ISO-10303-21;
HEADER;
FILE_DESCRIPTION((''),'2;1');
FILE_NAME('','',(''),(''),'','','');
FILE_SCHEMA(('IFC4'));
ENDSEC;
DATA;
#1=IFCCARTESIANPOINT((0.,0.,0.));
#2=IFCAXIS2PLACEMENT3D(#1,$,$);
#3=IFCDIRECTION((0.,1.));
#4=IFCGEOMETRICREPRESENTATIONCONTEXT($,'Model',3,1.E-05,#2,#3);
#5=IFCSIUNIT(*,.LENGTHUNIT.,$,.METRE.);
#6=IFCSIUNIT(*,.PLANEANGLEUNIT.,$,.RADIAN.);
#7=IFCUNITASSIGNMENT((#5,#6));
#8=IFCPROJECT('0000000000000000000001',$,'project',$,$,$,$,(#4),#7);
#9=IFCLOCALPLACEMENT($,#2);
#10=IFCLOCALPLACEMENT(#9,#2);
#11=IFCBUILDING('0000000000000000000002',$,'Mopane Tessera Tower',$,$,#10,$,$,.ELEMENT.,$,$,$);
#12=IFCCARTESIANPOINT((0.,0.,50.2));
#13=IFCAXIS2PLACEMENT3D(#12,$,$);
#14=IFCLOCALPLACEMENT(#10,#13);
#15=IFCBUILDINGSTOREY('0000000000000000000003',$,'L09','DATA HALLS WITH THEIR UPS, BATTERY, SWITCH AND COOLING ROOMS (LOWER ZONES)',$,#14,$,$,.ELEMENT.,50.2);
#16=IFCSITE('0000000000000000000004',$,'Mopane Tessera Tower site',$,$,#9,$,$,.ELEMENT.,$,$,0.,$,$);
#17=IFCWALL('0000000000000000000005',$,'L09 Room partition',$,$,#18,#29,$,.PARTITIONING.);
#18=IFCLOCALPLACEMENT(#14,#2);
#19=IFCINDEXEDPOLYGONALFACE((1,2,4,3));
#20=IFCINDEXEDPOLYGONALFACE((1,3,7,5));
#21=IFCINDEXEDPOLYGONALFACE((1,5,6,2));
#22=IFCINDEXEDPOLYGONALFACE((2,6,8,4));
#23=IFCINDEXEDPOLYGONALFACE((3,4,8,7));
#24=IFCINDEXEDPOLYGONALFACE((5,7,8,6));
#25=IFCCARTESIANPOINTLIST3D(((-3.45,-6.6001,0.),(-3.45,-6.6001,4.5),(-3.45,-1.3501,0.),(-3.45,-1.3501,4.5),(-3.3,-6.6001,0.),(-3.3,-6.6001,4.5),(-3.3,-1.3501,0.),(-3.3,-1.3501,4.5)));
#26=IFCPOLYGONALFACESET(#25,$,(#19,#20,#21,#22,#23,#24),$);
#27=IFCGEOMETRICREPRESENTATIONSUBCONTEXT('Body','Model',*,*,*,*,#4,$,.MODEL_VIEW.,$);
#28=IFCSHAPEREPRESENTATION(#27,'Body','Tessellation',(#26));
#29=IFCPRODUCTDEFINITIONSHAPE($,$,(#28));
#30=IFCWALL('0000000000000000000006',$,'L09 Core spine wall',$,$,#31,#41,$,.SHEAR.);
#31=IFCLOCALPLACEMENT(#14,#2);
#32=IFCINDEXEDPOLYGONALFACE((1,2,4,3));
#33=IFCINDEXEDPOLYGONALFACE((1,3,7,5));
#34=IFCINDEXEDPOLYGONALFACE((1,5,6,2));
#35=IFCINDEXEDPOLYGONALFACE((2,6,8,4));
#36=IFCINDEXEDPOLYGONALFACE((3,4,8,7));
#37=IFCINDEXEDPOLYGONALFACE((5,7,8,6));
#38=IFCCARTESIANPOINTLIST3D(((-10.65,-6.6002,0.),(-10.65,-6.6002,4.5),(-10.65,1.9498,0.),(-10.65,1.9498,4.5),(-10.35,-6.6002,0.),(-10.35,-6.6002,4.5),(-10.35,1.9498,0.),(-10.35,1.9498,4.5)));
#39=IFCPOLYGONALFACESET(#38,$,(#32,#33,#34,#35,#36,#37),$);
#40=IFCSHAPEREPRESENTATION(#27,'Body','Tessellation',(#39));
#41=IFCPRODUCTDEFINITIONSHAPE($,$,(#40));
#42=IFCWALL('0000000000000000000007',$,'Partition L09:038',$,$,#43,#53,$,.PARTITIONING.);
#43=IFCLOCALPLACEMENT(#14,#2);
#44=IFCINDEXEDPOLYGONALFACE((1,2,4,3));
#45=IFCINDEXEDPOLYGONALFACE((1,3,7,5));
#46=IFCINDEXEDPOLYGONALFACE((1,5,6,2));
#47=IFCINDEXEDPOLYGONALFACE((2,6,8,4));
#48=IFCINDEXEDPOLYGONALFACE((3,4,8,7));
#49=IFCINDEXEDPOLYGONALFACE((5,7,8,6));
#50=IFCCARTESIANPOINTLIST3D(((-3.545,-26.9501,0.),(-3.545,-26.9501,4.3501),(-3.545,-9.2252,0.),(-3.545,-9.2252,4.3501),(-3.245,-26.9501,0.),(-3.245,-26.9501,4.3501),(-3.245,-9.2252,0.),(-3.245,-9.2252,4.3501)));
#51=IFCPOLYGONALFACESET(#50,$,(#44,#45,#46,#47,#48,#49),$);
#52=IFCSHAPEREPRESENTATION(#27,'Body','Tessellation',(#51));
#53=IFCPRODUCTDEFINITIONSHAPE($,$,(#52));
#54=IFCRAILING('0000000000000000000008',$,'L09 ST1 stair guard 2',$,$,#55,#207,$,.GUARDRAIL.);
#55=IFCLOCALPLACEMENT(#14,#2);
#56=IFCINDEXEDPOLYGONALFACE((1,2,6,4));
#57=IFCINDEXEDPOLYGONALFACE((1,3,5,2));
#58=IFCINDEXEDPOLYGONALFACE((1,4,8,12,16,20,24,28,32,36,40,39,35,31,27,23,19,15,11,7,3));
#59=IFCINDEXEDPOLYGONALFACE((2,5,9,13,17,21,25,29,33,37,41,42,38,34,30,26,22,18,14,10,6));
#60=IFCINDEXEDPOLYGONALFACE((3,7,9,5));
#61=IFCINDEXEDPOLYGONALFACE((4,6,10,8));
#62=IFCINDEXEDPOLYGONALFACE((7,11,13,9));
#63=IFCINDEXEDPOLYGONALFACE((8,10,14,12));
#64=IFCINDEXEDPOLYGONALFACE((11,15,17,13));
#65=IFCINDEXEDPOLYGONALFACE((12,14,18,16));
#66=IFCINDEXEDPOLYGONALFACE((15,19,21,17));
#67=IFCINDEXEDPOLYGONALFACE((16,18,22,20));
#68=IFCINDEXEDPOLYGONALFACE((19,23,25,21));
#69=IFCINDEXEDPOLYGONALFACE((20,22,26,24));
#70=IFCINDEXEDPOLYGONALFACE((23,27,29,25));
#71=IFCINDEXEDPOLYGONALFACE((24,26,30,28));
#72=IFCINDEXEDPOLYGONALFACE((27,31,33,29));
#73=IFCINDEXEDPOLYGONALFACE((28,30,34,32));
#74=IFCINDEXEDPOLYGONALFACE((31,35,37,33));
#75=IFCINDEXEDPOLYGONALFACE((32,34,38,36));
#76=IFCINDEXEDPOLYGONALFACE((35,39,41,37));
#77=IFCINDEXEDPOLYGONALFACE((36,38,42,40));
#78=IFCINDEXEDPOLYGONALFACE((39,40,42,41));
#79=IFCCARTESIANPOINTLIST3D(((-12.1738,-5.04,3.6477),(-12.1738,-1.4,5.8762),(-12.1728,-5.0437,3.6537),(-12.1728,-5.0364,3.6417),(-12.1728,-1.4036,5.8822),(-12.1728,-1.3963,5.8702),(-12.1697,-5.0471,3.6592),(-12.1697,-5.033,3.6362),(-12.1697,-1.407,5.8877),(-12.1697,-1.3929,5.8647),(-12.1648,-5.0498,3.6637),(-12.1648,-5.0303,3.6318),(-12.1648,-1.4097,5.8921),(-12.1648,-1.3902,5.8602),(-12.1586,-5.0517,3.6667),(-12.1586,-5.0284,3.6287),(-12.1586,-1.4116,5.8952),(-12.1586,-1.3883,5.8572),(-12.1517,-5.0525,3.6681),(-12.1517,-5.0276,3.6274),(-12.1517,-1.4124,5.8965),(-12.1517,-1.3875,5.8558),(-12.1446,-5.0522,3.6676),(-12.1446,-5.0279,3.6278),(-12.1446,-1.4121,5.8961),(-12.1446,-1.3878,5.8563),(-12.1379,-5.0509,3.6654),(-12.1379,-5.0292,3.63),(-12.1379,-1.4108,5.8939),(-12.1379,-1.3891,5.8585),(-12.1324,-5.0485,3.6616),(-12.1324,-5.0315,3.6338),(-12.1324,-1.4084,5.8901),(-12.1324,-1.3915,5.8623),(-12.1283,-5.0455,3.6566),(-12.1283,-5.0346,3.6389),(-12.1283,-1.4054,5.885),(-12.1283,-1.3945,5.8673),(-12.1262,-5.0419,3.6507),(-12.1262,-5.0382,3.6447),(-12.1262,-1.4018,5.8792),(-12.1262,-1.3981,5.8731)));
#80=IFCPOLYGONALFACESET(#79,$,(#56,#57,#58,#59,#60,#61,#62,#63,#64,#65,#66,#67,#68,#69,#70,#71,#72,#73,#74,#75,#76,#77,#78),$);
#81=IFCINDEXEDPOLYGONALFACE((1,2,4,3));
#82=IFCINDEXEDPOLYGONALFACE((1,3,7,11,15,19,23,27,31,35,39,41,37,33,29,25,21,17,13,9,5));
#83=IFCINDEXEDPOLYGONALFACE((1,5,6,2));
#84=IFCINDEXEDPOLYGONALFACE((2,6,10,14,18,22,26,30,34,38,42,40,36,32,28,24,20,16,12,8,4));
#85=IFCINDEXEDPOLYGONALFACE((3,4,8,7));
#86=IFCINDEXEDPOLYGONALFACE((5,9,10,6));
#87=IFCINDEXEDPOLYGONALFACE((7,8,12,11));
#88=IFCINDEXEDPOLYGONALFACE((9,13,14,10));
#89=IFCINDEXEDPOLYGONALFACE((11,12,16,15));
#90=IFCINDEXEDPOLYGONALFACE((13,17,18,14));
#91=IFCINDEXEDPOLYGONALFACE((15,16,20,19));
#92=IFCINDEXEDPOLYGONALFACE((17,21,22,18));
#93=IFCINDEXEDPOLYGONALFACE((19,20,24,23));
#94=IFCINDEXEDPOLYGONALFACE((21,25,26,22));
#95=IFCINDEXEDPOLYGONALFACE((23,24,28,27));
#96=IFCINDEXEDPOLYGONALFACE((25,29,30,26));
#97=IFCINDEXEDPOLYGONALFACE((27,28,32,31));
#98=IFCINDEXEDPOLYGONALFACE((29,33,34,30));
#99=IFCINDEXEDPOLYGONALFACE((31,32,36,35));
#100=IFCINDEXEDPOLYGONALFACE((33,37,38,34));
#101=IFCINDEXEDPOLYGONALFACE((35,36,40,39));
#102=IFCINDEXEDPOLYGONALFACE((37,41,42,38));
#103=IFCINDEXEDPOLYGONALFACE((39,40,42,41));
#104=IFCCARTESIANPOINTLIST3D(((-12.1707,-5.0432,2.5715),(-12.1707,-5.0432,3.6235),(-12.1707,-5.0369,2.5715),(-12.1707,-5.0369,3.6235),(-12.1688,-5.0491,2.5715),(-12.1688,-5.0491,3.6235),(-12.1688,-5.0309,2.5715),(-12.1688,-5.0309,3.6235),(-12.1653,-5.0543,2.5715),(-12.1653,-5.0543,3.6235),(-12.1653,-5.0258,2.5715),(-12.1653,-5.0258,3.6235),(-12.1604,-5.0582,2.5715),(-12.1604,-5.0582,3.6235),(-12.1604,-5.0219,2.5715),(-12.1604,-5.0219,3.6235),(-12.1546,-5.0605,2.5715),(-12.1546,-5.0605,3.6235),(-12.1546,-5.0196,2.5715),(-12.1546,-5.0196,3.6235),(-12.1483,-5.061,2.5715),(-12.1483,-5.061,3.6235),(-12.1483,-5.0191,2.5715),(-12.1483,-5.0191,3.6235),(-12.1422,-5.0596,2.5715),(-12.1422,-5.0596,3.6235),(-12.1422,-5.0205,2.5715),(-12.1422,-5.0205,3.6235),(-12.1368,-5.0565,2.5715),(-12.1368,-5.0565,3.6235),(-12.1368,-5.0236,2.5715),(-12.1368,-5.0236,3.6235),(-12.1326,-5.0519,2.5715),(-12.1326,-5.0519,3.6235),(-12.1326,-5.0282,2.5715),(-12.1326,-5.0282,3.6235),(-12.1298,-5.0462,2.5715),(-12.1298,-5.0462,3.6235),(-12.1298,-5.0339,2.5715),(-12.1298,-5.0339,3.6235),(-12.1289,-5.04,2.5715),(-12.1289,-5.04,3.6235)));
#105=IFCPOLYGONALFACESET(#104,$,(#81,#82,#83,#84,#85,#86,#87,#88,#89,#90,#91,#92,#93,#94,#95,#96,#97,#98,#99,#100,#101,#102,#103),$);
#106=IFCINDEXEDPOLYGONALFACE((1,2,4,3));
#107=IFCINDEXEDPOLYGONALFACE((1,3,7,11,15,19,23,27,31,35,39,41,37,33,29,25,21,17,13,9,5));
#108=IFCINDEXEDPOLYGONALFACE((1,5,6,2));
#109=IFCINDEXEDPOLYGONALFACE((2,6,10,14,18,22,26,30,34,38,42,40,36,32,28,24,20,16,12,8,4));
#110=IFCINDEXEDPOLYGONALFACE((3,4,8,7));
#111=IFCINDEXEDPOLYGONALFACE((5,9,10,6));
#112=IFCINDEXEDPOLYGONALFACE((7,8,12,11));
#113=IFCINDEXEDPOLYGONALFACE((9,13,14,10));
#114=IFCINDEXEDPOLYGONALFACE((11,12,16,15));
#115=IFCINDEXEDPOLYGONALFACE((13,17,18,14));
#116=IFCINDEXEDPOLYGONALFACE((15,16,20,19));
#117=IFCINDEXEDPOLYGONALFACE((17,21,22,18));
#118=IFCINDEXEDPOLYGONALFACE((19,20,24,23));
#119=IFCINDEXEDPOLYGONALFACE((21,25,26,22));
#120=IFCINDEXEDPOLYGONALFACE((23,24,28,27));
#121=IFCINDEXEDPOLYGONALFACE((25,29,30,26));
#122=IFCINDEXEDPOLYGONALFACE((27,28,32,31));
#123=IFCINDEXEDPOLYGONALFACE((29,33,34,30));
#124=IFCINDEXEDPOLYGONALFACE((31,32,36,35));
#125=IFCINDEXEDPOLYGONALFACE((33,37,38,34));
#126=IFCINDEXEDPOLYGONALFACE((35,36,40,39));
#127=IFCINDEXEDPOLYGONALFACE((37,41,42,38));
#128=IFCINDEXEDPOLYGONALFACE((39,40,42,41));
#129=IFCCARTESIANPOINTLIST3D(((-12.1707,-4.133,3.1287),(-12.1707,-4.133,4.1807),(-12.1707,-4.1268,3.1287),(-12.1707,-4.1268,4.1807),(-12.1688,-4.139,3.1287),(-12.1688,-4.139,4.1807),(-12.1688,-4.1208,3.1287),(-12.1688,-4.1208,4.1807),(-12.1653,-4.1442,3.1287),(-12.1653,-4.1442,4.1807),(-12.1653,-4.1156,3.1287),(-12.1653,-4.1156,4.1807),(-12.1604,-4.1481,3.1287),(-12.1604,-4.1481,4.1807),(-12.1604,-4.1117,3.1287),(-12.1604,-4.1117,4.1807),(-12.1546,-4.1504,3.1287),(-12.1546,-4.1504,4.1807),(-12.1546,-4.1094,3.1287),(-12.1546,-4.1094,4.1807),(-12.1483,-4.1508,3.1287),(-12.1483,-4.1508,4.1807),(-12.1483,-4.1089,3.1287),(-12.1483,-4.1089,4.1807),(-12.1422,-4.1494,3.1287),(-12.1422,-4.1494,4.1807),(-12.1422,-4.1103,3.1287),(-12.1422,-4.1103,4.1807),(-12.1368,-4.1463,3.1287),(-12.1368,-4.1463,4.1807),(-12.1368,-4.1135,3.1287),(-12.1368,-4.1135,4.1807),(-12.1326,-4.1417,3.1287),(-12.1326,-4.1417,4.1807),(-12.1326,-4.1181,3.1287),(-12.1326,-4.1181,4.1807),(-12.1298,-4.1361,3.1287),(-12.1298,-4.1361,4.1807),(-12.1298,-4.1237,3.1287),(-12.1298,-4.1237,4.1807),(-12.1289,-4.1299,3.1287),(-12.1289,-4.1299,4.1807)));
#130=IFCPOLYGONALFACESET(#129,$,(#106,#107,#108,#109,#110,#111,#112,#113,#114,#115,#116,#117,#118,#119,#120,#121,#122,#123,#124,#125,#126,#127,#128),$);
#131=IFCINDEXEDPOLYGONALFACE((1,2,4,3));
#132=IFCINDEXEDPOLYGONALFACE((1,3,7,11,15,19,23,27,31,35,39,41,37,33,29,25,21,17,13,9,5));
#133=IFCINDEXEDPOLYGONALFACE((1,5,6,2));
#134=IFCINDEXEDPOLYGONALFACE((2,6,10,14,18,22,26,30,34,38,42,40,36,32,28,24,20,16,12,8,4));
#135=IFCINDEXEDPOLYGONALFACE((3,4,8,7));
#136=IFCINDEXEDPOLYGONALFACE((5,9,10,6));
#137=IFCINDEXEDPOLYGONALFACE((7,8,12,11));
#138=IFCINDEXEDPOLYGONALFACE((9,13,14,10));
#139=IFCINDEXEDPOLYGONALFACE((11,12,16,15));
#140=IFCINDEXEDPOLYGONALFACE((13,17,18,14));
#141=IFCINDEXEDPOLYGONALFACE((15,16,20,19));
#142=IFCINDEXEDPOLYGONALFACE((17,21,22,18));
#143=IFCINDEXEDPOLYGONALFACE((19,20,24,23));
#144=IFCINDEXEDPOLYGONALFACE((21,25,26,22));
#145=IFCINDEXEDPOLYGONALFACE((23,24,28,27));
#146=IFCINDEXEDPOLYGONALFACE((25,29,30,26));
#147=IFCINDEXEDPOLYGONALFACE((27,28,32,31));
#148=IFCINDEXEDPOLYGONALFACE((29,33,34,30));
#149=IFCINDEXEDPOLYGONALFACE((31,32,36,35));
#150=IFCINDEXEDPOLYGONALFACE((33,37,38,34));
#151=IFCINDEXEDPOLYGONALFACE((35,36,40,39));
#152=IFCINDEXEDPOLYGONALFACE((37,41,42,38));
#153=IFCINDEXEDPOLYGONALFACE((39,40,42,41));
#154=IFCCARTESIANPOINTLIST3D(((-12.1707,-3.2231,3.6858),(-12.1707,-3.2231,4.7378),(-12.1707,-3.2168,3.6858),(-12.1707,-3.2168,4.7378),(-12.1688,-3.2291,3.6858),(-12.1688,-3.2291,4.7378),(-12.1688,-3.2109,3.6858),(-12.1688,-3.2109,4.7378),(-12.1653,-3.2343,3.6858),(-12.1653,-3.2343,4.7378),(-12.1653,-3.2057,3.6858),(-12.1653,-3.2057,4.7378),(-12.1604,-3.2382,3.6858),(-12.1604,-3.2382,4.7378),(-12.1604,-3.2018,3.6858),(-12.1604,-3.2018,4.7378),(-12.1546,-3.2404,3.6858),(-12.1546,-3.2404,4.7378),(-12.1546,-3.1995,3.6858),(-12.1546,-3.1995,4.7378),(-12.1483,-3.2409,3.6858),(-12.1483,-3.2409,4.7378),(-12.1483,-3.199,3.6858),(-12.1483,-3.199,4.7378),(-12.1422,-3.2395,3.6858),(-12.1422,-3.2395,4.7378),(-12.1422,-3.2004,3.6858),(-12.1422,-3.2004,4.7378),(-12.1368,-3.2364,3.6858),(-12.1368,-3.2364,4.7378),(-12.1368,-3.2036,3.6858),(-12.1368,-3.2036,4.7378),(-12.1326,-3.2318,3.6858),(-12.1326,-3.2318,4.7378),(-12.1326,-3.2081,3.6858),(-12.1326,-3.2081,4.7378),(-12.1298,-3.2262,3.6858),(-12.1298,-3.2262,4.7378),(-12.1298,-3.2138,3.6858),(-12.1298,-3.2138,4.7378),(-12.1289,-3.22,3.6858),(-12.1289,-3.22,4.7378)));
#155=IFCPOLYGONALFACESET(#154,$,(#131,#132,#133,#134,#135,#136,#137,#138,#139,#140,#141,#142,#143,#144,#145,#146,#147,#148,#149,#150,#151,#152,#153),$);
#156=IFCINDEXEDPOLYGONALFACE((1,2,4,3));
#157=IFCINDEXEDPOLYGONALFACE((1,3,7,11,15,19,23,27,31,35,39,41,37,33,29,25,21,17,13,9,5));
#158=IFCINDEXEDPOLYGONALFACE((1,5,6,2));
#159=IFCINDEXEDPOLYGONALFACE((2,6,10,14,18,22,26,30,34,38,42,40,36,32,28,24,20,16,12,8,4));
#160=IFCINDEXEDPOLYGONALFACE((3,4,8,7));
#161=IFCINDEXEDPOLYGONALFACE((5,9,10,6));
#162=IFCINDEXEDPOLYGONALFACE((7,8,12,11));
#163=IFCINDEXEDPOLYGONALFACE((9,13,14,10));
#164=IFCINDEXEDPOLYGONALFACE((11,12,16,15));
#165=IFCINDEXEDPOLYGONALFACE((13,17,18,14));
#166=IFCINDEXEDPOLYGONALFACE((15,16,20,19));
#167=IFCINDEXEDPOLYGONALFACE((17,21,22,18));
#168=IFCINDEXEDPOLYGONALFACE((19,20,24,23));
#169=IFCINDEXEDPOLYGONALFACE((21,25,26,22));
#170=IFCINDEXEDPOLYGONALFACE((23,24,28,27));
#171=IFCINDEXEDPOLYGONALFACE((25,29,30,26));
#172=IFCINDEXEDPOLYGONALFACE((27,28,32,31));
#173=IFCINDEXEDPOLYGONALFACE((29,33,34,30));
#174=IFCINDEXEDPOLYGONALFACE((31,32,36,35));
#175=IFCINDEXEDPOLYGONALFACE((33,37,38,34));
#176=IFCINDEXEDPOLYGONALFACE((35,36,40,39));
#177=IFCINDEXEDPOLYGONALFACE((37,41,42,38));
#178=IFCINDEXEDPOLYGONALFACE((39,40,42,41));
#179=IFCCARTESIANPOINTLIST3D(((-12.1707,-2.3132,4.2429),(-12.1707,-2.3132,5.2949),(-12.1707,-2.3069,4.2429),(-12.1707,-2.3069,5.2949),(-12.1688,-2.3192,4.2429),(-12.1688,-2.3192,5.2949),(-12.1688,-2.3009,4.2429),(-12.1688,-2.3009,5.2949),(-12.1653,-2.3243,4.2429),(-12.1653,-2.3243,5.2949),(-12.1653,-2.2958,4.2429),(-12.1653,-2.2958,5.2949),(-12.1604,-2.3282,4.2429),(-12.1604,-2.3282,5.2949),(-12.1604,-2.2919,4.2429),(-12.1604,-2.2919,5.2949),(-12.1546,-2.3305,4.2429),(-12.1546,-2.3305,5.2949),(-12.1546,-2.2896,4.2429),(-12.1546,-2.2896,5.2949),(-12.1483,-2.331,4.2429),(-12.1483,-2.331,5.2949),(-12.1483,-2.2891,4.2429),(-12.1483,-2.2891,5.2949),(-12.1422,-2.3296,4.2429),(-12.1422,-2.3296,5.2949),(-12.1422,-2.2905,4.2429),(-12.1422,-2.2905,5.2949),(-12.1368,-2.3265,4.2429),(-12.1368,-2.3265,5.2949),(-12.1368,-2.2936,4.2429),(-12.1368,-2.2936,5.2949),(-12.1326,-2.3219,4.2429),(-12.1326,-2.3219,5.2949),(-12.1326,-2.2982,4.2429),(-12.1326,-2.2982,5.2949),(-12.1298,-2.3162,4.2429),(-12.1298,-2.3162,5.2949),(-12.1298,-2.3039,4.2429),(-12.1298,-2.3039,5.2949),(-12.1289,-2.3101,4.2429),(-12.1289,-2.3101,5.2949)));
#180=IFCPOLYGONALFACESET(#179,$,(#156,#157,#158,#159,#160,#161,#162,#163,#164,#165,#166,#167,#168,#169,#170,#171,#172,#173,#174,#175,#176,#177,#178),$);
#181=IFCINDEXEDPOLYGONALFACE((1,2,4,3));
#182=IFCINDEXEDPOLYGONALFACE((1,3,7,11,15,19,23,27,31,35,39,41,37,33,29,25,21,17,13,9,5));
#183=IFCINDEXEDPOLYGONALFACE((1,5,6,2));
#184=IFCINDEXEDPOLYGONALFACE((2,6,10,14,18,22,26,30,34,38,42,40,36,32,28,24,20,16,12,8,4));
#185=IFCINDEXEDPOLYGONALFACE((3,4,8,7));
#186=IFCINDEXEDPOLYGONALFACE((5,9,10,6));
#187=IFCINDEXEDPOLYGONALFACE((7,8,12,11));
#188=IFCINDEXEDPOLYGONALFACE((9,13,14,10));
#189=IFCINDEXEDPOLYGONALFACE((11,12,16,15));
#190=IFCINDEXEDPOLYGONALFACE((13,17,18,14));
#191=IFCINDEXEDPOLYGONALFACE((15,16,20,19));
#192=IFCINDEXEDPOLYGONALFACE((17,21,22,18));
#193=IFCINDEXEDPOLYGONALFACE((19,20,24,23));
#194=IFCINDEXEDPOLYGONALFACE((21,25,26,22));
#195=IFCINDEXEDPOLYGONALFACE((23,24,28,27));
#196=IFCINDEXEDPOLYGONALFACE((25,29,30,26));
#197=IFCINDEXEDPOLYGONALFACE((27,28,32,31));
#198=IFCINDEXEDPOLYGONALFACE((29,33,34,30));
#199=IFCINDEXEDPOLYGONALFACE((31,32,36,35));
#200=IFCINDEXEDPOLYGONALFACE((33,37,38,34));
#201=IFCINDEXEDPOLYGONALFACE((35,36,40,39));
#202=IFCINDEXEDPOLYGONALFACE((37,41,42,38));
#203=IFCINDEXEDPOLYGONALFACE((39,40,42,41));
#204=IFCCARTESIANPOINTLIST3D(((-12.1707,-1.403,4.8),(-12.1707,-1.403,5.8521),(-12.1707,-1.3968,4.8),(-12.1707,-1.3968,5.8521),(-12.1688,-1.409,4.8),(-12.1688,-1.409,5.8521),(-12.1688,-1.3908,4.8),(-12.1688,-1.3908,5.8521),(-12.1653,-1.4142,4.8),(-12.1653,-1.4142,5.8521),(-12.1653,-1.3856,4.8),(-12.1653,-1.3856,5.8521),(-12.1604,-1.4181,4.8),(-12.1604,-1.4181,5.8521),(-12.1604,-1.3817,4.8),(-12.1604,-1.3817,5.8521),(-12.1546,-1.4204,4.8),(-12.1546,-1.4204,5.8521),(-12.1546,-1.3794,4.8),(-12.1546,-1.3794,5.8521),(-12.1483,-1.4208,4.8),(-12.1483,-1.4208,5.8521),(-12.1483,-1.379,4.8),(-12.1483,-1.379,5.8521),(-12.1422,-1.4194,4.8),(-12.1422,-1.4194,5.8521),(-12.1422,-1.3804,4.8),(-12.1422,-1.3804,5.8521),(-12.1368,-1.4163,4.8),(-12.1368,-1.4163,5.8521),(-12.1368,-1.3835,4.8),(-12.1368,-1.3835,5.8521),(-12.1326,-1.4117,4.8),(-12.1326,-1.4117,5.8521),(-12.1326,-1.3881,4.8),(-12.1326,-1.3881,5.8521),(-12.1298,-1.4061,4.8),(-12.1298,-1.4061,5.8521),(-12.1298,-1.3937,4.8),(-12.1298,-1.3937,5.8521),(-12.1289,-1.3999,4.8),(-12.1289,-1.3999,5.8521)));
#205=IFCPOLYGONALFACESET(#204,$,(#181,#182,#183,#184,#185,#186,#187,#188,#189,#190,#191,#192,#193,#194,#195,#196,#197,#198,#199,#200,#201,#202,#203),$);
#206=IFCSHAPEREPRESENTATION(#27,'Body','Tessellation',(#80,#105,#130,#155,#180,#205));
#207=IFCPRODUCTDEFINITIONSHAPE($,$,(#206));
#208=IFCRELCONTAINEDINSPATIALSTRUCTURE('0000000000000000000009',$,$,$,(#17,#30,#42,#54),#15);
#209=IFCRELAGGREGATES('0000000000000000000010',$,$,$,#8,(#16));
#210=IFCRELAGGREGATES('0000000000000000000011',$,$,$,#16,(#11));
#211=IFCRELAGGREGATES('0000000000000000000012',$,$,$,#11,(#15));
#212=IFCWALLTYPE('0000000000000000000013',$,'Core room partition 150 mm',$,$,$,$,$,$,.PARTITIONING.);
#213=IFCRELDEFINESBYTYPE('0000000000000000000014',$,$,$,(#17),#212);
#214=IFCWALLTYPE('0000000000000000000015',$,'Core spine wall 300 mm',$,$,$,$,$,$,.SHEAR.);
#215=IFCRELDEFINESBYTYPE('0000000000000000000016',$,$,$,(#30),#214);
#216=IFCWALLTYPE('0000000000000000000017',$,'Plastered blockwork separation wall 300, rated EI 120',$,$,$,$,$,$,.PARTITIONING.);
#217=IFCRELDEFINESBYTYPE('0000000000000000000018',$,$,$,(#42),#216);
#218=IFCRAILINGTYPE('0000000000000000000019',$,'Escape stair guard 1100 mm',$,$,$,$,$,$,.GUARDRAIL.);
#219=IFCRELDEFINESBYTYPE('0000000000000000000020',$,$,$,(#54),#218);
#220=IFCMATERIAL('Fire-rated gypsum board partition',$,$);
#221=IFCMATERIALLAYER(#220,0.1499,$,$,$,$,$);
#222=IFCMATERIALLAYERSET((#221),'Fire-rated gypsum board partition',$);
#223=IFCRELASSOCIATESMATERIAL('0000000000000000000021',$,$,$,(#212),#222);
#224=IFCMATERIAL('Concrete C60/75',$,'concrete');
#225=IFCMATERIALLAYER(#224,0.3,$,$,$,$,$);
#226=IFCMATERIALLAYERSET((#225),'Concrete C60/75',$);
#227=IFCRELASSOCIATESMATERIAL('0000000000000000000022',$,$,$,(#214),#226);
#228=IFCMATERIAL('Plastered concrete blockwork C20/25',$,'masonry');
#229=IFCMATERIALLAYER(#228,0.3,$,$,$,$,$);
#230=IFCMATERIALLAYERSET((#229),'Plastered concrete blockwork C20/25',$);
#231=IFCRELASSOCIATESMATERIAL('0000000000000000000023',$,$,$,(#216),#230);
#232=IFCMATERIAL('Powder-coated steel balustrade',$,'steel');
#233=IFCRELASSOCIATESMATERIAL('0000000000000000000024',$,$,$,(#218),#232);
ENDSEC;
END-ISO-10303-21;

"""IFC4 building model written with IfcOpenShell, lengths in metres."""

from ifc_helpers import new_model, si_unit, direction, frame, frame_2d, origin, origin_2d, place, context, subcontext, project, spatial, rectangle, circle, extrude, material, layer, layer_set, type_object, element, save


model = new_model("IFC4")

# Units and contexts
model_context = context("Model", 3, precision=1e-05, world=origin(), true_north=direction((0.0, 1.0)))
body_context = subcontext(model_context, "Body", "Model", "MODEL_VIEW")
ifc_project = project(units=[si_unit("LENGTHUNIT", "METRE"), si_unit("PLANEANGLEUNIT", "RADIAN")], contexts=[model_context])

# Site, building, storey
site_placement = place(None, origin())
site = spatial("IfcSite", under=ifc_project, at=site_placement, Name="Mopane Tessera Tower site", CompositionType="ELEMENT", RefElevation=0.0)
building_placement = place(site_placement, origin())
building = spatial("IfcBuilding", under=site, at=building_placement, Name="Mopane Tessera Tower", CompositionType="ELEMENT")
storey_placement = place(building_placement, frame((0.0, 0.0, 50.2)))
storey = spatial("IfcBuildingStorey", under=building, at=storey_placement, Name="L09", Description="DATA HALLS WITH THEIR UPS, BATTERY, SWITCH AND COOLING ROOMS (LOWER ZONES)", CompositionType="ELEMENT", Elevation=50.2)

# Walls
ifc_material_1 = material(Name="Fire-rated gypsum board partition")
ifc_layer_1 = layer(ifc_material_1, 0.1499)
ifc_layer_set_1 = layer_set([ifc_layer_1], Name="Fire-rated gypsum board partition")
wall_type_1 = type_object("IfcWallType", Name="Core room partition 150 mm", PredefinedType="PARTITIONING", material=ifc_layer_set_1)
for number, where, z_axis, x_axis, name in (
    (1, (-3.375, -6.6001, 0.0), (0.0, 0.0, 1.0), (0.0, 1.0, 0.0), "L09 Room partition"),
):
    element("IfcWall", number, at=place(storey_placement, frame(where, z_axis=z_axis, x_axis=x_axis)), inside=storey, type_object=wall_type_1, Name=name, PredefinedType="PARTITIONING", context=body_context, shape_type="SweptSolid", body=[
        extrude(rectangle(XDim=5.25, YDim=0.1499, at=frame_2d((2.625, 0.0))), origin(), (0.0, 0.0, 1.0), 4.5),
    ])
ifc_material_2 = material(Name="Concrete C60/75", Category="concrete")
ifc_layer_2 = layer(ifc_material_2, 0.3)
ifc_layer_set_2 = layer_set([ifc_layer_2], Name="Concrete C60/75")
wall_type_2 = type_object("IfcWallType", Name="Core spine wall 300 mm", PredefinedType="SHEAR", material=ifc_layer_set_2)
wall_1_placement = place(storey_placement, frame((-10.5, -6.6001, 0.0), z_axis=(0.0, 0.0, 1.0), x_axis=(0.0, 1.0, 0.0)))
element("IfcWall", 2, at=wall_1_placement, inside=storey, type_object=wall_type_2, Name="L09 Core spine wall", PredefinedType="SHEAR", context=body_context, shape_type="SweptSolid", body=[
    extrude(rectangle(XDim=8.55, YDim=0.3, at=frame_2d((4.2749, 0.0))), origin(), (0.0, 0.0, 1.0), 4.5),
])
ifc_material_3 = material(Name="Plastered concrete blockwork C20/25", Category="masonry")
ifc_layer_3 = layer(ifc_material_3, 0.3)
ifc_layer_set_3 = layer_set([ifc_layer_3], Name="Plastered concrete blockwork C20/25")
wall_type_3 = type_object("IfcWallType", Name="Plastered blockwork separation wall 300, rated EI 120", PredefinedType="PARTITIONING", material=ifc_layer_set_3)
wall_2_placement = place(storey_placement, frame((-3.395, -26.95, 0.0), z_axis=(0.0, 0.0, 1.0), x_axis=(0.0, 1.0, 0.0)))
element("IfcWall", 3, at=wall_2_placement, inside=storey, type_object=wall_type_3, Name="Partition L09:038", PredefinedType="PARTITIONING", context=body_context, shape_type="SweptSolid", body=[
    extrude(rectangle(XDim=17.7249, YDim=0.3, at=frame_2d((8.8623, 0.0))), origin(), (0.0, 0.0, 1.0), 4.3501),
])

# Railing
ifc_material_4 = material(Name="Powder-coated steel balustrade", Category="steel")
railing_type = type_object("IfcRailingType", Name="Escape stair guard 1100 mm", PredefinedType="GUARDRAIL", material=ifc_material_4)
railing_placement = place(storey_placement, frame((-12.1499, -5.04, 2.5715)))
element("IfcRailing", 4, at=railing_placement, inside=storey, type_object=railing_type, Name="L09 ST1 stair guard 2", PredefinedType="GUARDRAIL", context=body_context, shape_type="SweptSolid", body=[
    extrude(circle(Radius=0.0239, at=origin_2d()), frame((0.0, 0.0, 1.0762), z_axis=(0.0, 0.852866, 0.52213), x_axis=(-1.0, 0.0, 0.0)), (0.0, 0.0, 1.0), 4.2681),
    extrude(circle(Radius=0.021, at=origin_2d()), origin(), (0.0, 0.0, 1.0), 1.052),
    extrude(circle(Radius=0.021, at=origin_2d()), frame((0.0, 0.9102, 0.5571)), (0.0, 0.0, 1.0), 1.052),
    extrude(circle(Radius=0.021, at=origin_2d()), frame((0.0, 1.8201, 1.1143)), (0.0, 0.0, 1.0), 1.052),
    extrude(circle(Radius=0.021, at=origin_2d()), frame((0.0, 2.73, 1.6714)), (0.0, 0.0, 1.0), 1.052),
    extrude(circle(Radius=0.021, at=origin_2d()), frame((0.0, 3.6401, 2.2285)), (0.0, 0.0, 1.0), 1.052),
])

save(model, "model.ifc")
